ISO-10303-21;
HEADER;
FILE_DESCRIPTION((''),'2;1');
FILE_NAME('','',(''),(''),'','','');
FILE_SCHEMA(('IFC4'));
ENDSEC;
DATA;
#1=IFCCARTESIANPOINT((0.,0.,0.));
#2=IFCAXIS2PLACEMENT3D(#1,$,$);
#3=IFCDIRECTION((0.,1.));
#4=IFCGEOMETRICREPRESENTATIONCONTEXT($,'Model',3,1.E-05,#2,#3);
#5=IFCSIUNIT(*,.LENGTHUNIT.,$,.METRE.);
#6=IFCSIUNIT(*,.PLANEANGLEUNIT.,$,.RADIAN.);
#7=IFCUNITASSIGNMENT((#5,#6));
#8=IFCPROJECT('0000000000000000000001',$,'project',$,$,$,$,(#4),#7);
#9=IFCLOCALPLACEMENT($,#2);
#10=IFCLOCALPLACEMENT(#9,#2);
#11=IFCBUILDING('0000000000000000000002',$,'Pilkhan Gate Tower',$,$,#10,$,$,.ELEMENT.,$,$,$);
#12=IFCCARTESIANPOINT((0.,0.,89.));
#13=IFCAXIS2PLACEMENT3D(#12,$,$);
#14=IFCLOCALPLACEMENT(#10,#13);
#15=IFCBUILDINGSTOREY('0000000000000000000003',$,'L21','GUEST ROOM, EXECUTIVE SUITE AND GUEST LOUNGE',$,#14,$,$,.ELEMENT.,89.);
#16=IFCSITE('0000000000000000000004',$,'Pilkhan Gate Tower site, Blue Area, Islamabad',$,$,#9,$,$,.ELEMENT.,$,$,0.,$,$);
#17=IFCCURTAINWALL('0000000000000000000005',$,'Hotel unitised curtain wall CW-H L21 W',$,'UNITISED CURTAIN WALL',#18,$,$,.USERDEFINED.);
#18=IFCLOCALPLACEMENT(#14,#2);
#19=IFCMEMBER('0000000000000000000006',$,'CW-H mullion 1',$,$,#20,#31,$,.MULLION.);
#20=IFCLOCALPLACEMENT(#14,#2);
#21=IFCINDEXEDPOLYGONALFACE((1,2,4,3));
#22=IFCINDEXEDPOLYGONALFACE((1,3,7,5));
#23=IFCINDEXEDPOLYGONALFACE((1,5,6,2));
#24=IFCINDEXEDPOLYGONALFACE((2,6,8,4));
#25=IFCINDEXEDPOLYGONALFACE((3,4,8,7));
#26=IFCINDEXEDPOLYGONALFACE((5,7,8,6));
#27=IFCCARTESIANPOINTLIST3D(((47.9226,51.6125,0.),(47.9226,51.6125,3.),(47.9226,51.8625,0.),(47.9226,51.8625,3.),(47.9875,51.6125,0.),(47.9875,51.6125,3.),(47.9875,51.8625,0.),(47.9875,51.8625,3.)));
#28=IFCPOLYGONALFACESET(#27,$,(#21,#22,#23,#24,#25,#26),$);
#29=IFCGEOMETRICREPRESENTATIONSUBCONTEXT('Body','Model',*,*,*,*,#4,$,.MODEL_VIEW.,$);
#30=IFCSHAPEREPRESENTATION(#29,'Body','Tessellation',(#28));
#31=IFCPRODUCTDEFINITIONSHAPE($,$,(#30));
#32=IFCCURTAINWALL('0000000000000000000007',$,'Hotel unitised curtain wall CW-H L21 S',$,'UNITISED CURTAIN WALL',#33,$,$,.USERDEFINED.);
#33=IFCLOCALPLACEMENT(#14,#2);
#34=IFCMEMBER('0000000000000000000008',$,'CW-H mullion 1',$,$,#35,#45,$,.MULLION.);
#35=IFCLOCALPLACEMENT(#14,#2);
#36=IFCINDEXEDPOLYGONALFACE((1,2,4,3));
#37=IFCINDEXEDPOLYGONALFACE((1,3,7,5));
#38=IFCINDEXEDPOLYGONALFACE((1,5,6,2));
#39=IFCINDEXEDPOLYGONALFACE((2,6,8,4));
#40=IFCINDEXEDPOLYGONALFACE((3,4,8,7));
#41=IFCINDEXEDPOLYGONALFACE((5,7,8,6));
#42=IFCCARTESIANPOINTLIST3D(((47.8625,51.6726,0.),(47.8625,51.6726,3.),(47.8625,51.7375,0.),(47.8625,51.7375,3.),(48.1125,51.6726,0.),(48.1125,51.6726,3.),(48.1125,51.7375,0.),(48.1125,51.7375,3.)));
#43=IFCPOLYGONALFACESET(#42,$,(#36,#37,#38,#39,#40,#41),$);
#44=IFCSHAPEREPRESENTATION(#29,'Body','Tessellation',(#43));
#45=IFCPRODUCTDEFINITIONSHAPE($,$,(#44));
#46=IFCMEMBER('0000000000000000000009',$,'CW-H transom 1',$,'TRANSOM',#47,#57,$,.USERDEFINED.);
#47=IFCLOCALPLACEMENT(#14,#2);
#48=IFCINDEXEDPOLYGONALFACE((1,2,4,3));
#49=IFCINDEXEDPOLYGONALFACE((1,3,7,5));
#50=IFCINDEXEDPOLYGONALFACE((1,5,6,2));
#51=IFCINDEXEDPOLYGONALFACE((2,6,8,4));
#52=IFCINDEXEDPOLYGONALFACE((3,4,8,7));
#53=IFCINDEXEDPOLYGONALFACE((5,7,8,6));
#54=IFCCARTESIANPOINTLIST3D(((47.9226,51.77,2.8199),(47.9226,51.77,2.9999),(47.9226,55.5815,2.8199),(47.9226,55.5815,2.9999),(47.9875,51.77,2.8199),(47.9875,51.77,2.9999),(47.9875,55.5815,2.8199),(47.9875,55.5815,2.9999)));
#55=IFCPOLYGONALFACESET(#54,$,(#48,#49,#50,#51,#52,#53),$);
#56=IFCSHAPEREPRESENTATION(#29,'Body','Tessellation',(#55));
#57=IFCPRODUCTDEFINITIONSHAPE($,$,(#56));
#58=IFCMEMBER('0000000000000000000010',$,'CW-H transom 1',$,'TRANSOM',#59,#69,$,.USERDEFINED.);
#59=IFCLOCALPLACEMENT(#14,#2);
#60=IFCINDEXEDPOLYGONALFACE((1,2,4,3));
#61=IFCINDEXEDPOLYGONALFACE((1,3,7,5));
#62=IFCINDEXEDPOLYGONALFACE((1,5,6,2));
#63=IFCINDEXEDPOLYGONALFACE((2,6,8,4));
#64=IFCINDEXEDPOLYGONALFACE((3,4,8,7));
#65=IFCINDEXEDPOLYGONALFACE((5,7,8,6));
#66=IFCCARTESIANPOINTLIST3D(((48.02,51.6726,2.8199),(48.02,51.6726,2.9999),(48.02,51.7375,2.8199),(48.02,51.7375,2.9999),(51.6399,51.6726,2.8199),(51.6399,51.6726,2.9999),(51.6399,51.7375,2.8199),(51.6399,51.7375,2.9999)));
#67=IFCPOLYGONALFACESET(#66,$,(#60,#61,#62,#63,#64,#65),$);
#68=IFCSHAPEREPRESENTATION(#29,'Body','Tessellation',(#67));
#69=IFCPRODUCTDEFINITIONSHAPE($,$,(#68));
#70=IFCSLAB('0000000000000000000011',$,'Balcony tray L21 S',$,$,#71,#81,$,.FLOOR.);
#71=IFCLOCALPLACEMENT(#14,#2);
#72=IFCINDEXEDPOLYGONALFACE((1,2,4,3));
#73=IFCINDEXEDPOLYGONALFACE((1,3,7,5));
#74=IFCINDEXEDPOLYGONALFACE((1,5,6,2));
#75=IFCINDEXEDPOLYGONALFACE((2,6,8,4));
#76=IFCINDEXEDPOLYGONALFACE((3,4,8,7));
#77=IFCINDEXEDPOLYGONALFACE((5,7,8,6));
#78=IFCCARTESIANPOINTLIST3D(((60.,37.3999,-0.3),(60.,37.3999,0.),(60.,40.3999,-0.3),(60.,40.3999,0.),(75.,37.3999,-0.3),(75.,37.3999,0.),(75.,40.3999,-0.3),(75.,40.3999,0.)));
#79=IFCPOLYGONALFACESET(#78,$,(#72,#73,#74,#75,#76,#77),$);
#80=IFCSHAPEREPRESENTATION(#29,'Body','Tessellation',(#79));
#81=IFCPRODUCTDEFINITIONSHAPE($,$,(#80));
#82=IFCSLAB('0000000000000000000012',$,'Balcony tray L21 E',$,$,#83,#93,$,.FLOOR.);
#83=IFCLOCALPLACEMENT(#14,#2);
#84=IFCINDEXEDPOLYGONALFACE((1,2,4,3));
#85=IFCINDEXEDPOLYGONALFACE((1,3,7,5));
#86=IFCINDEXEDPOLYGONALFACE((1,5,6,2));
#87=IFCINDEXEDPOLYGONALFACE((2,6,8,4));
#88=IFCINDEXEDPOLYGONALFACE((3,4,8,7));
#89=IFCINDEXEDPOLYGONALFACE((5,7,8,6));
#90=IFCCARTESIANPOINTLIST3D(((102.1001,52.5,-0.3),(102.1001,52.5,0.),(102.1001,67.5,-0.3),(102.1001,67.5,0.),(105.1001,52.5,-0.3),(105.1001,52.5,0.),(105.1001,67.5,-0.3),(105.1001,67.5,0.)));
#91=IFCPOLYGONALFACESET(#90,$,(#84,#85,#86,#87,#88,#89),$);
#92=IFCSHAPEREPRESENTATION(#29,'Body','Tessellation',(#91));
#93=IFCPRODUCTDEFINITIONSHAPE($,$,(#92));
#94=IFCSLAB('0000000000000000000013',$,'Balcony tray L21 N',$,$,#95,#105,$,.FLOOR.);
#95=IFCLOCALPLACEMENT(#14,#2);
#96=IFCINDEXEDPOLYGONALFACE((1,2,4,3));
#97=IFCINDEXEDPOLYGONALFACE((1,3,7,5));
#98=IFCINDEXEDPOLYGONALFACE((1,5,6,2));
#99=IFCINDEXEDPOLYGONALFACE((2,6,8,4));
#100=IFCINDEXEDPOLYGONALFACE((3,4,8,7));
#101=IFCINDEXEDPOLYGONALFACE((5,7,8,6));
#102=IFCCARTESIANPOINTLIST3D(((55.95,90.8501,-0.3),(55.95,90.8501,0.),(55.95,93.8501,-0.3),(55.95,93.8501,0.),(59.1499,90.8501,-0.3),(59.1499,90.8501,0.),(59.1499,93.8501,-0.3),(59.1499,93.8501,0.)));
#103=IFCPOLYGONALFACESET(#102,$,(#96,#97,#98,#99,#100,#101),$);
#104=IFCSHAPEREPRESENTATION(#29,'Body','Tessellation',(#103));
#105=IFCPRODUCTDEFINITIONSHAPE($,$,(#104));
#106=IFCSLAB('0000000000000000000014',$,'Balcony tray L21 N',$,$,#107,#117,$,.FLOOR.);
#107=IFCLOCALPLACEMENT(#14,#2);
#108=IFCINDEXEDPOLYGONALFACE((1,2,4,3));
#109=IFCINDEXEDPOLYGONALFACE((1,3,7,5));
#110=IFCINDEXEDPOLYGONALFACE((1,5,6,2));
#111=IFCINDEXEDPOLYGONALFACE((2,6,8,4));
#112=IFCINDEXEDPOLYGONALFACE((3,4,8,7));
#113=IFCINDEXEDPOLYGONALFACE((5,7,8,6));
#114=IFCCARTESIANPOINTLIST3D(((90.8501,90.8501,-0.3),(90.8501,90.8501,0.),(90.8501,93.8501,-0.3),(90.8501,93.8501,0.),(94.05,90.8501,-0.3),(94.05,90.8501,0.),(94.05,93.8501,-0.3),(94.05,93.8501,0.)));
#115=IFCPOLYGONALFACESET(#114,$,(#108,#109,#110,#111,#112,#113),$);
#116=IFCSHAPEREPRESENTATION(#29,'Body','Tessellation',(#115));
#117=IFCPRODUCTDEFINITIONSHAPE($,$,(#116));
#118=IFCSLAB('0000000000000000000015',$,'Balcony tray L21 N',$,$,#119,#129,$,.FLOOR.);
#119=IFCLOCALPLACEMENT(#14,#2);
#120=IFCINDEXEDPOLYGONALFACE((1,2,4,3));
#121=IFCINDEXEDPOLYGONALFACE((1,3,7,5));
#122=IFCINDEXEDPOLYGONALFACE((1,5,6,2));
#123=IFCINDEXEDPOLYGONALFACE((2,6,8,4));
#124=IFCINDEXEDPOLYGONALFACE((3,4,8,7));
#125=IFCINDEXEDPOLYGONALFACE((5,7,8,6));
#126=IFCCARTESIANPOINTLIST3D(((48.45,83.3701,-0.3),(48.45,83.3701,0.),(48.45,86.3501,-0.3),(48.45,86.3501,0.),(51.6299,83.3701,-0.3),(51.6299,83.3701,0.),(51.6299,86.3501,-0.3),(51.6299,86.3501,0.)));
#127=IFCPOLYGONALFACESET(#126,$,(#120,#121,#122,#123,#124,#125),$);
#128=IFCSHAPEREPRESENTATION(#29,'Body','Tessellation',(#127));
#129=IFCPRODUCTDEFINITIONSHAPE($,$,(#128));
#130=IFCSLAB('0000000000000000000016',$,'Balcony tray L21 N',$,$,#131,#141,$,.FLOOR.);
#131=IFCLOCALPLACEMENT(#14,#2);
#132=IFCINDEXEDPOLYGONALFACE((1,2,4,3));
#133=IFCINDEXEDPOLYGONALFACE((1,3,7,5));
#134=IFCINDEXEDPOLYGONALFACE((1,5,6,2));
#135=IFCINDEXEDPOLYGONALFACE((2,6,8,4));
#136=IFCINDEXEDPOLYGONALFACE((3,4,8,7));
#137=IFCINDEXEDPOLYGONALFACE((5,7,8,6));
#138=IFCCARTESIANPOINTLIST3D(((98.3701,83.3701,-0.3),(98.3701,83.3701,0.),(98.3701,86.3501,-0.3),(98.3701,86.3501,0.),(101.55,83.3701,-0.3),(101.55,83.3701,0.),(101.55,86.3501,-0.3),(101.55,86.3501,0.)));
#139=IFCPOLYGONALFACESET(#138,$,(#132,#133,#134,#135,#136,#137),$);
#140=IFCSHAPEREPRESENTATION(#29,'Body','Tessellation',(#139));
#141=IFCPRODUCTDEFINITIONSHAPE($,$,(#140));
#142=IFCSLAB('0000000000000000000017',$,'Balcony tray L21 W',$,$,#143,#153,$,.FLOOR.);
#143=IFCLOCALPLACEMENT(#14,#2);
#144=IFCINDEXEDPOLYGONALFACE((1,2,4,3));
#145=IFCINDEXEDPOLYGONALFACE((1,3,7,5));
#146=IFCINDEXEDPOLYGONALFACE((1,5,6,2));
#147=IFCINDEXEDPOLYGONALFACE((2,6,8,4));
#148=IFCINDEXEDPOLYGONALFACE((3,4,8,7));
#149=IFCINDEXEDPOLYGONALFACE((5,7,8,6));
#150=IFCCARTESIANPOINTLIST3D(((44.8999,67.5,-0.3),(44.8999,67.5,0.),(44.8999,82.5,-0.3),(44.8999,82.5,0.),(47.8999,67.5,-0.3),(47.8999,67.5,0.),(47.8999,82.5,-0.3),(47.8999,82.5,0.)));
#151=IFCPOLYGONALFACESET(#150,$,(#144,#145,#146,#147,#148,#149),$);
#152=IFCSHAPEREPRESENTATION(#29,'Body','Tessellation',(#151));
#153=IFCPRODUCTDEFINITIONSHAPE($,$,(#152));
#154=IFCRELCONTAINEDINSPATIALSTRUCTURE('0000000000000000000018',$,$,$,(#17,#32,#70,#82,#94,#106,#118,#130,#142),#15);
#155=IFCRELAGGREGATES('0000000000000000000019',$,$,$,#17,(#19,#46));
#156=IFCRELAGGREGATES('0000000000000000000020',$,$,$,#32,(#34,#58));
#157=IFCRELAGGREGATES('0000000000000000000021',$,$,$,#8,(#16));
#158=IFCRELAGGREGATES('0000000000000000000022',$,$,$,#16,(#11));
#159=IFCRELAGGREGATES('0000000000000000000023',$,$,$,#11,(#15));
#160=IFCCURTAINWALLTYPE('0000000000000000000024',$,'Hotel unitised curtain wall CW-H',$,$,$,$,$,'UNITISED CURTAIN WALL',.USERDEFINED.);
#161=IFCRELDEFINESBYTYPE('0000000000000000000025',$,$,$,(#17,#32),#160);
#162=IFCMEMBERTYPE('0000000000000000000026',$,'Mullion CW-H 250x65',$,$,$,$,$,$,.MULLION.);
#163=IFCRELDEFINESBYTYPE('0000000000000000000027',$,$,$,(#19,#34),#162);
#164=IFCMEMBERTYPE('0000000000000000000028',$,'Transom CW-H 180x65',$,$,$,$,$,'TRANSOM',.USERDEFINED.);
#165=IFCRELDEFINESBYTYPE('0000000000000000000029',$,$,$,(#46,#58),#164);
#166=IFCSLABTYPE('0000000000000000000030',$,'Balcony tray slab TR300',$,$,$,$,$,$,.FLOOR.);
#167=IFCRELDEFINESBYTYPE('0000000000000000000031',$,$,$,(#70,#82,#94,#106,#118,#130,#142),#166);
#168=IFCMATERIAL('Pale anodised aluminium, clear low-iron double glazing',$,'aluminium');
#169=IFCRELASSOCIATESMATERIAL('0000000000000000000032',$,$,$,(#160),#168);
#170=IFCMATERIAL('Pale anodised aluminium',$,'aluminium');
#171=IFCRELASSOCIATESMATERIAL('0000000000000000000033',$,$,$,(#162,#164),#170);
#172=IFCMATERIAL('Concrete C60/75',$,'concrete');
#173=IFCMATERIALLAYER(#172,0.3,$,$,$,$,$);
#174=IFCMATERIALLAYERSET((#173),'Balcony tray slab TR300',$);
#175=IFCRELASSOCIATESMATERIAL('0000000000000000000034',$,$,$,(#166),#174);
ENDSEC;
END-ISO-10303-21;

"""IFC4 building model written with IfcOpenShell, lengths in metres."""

from ifc_helpers import new_model, si_unit, direction, frame, origin, origin_2d, place, context, subcontext, project, spatial, polyline, rectangle, outline, extrude, material, layer, layer_set, material_profile, profile_set, type_object, element, aggregate, save


model = new_model("IFC4")

# Units and contexts
model_context = context("Model", 3, precision=1e-05, world=origin(), true_north=direction((0.0, 1.0)))
body_context = subcontext(model_context, "Body", "Model", "MODEL_VIEW")
ifc_project = project(units=[si_unit("LENGTHUNIT", "METRE"), si_unit("PLANEANGLEUNIT", "RADIAN")], contexts=[model_context])

# Site, building, storey
site_placement = place(None, origin())
site = spatial("IfcSite", under=ifc_project, at=site_placement, Name="Pilkhan Gate Tower site, Blue Area, Islamabad", CompositionType="ELEMENT", RefElevation=0.0)
building_placement = place(site_placement, origin())
building = spatial("IfcBuilding", under=site, at=building_placement, Name="Pilkhan Gate Tower", CompositionType="ELEMENT")
storey_placement = place(building_placement, frame((0.0, 0.0, 89.0)))
storey = spatial("IfcBuildingStorey", under=building, at=storey_placement, Name="L21", Description="GUEST ROOM, EXECUTIVE SUITE AND GUEST LOUNGE", CompositionType="ELEMENT", Elevation=89.0)

# Curtain walls, members
ifc_material_1 = material(Name="Pale anodised aluminium, clear low-iron double glazing", Category="aluminium")
curtain_wall_type = type_object("IfcCurtainWallType", Name="Hotel unitised curtain wall CW-H", ElementType="UNITISED CURTAIN WALL", PredefinedType="USERDEFINED", material=ifc_material_1)
curtain_wall_1_placement = place(storey_placement, origin())
curtain_wall_1 = element("IfcCurtainWall", 1, at=curtain_wall_1_placement, inside=storey, type_object=curtain_wall_type, Name="Hotel unitised curtain wall CW-H L21 W", ObjectType="UNITISED CURTAIN WALL", PredefinedType="USERDEFINED")
ifc_material_2 = material(Name="Pale anodised aluminium", Category="aluminium")
ifc_material_profile_1 = material_profile(ifc_material_2, rectangle(XDim=0.0649, YDim=0.25, at=origin_2d()), Name="Mullion 250x65")
ifc_profile_set_1 = profile_set([ifc_material_profile_1], Name="Pale anodised aluminium")
member_type_1 = type_object("IfcMemberType", Name="Mullion CW-H 250x65", PredefinedType="MULLION", material=ifc_profile_set_1)
member_1_placement = place(storey_placement, frame((47.9551, 51.7375, 0.0), z_axis=(0.0, 0.0, 1.0), x_axis=(-1.0, 0.0, 0.0)))
member_1 = element("IfcMember", 2, at=member_1_placement, type_object=member_type_1, Name="CW-H mullion 1", PredefinedType="MULLION", context=body_context, shape_type="SweptSolid", body=[
    extrude(rectangle(XDim=0.0649, YDim=0.25, at=origin_2d()), origin(), (0.0, 0.0, 1.0), 3.0),
])
curtain_wall_2_placement = place(storey_placement, origin())
curtain_wall_2 = element("IfcCurtainWall", 3, at=curtain_wall_2_placement, inside=storey, type_object=curtain_wall_type, Name="Hotel unitised curtain wall CW-H L21 S", ObjectType="UNITISED CURTAIN WALL", PredefinedType="USERDEFINED")
member_2_placement = place(storey_placement, frame((47.9875, 51.7051, 0.0), z_axis=(0.0, 0.0, 1.0), x_axis=(0.0, 1.0, 0.0)))
member_2 = element("IfcMember", 4, at=member_2_placement, type_object=member_type_1, Name="CW-H mullion 1", PredefinedType="MULLION", context=body_context, shape_type="SweptSolid", body=[
    extrude(rectangle(XDim=0.0649, YDim=0.25, at=origin_2d()), origin(), (0.0, 0.0, 1.0), 3.0),
])

# Members
ifc_material_profile_2 = material_profile(ifc_material_2, rectangle(XDim=0.0649, YDim=0.1799, at=origin_2d()), Name="Transom 180x65")
ifc_profile_set_2 = profile_set([ifc_material_profile_2], Name="Pale anodised aluminium")
member_type_2 = type_object("IfcMemberType", Name="Transom CW-H 180x65", ElementType="TRANSOM", PredefinedType="USERDEFINED", material=ifc_profile_set_2)
member_3_placement = place(storey_placement, frame((47.9551, 51.77, 2.9099), z_axis=(0.0, 1.0, 0.0), x_axis=(-1.0, 0.0, 0.0)))
member_3 = element("IfcMember", 5, at=member_3_placement, type_object=member_type_2, Name="CW-H transom 1", ObjectType="TRANSOM", PredefinedType="USERDEFINED", context=body_context, shape_type="SweptSolid", body=[
    extrude(rectangle(XDim=0.0649, YDim=0.1799, at=origin_2d()), origin(), (0.0, 0.0, 1.0), 3.8115),
])
aggregate(curtain_wall_1, [member_1, member_3])
member_4_placement = place(storey_placement, frame((48.02, 51.7051, 2.9099), z_axis=(1.0, 0.0, 0.0), x_axis=(0.0, 1.0, 0.0)))
member_4 = element("IfcMember", 6, at=member_4_placement, type_object=member_type_2, Name="CW-H transom 1", ObjectType="TRANSOM", PredefinedType="USERDEFINED", context=body_context, shape_type="SweptSolid", body=[
    extrude(rectangle(XDim=0.0649, YDim=0.1799, at=origin_2d()), origin(), (0.0, 0.0, 1.0), 3.6199),
])
aggregate(curtain_wall_2, [member_2, member_4])

# Slabs
ifc_material_3 = material(Name="Concrete C60/75", Category="concrete")
ifc_layer_1 = layer(ifc_material_3, 0.3)
ifc_layer_set_1 = layer_set([ifc_layer_1], Name="Balcony tray slab TR300")
slab_type_1 = type_object("IfcSlabType", Name="Balcony tray slab TR300", PredefinedType="FLOOR", material=ifc_layer_set_1)
slab_1_placement = place(storey_placement, frame((0.0, 0.0, -0.3)))
element("IfcSlab", 7, at=slab_1_placement, inside=storey, type_object=slab_type_1, Name="Balcony tray L21 S", PredefinedType="FLOOR", context=body_context, shape_type="SweptSolid", body=[
    extrude(outline(polyline([(75.0, 37.3999), (75.0, 40.3999), (60.0, 40.3999), (60.0, 37.3999), (75.0, 37.3999)])), origin(), (0.0, 0.0, 1.0), 0.3),
])
slab_2_placement = place(storey_placement, frame((0.0, 0.0, -0.3)))
element("IfcSlab", 8, at=slab_2_placement, inside=storey, type_object=slab_type_1, Name="Balcony tray L21 E", PredefinedType="FLOOR", context=body_context, shape_type="SweptSolid", body=[
    extrude(outline(polyline([(105.1001, 52.5), (105.1001, 67.5), (102.1001, 67.5), (102.1001, 52.5), (105.1001, 52.5)])), origin(), (0.0, 0.0, 1.0), 0.3),
])
slab_3_placement = place(storey_placement, frame((0.0, 0.0, -0.3)))
element("IfcSlab", 9, at=slab_3_placement, inside=storey, type_object=slab_type_1, Name="Balcony tray L21 N", PredefinedType="FLOOR", context=body_context, shape_type="SweptSolid", body=[
    extrude(outline(polyline([(59.1499, 90.8501), (59.1499, 93.8501), (55.95, 93.8501), (55.95, 90.8501), (59.1499, 90.8501)])), origin(), (0.0, 0.0, 1.0), 0.3),
])
slab_4_placement = place(storey_placement, frame((0.0, 0.0, -0.3)))
element("IfcSlab", 10, at=slab_4_placement, inside=storey, type_object=slab_type_1, Name="Balcony tray L21 N", PredefinedType="FLOOR", context=body_context, shape_type="SweptSolid", body=[
    extrude(outline(polyline([(94.05, 90.8501), (94.05, 93.8501), (90.8501, 93.8501), (90.8501, 90.8501), (94.05, 90.8501)])), origin(), (0.0, 0.0, 1.0), 0.3),
])
slab_5_placement = place(storey_placement, frame((0.0, 0.0, -0.3)))
element("IfcSlab", 11, at=slab_5_placement, inside=storey, type_object=slab_type_1, Name="Balcony tray L21 N", PredefinedType="FLOOR", context=body_context, shape_type="SweptSolid", body=[
    extrude(outline(polyline([(51.6299, 83.3701), (51.6299, 86.3501), (48.45, 86.3501), (48.45, 83.3701), (51.6299, 83.3701)])), origin(), (0.0, 0.0, 1.0), 0.3),
])
slab_6_placement = place(storey_placement, frame((0.0, 0.0, -0.3)))
element("IfcSlab", 12, at=slab_6_placement, inside=storey, type_object=slab_type_1, Name="Balcony tray L21 N", PredefinedType="FLOOR", context=body_context, shape_type="SweptSolid", body=[
    extrude(outline(polyline([(101.55, 83.3701), (101.55, 86.3501), (98.3701, 86.3501), (98.3701, 83.3701), (101.55, 83.3701)])), origin(), (0.0, 0.0, 1.0), 0.3),
])
slab_7_placement = place(storey_placement, frame((0.0, 0.0, -0.3)))
element("IfcSlab", 13, at=slab_7_placement, inside=storey, type_object=slab_type_1, Name="Balcony tray L21 W", PredefinedType="FLOOR", context=body_context, shape_type="SweptSolid", body=[
    extrude(outline(polyline([(47.8999, 67.5), (47.8999, 82.5), (44.8999, 82.5), (44.8999, 67.5), (47.8999, 67.5)])), origin(), (0.0, 0.0, 1.0), 0.3),
])

save(model, "model.ifc")
